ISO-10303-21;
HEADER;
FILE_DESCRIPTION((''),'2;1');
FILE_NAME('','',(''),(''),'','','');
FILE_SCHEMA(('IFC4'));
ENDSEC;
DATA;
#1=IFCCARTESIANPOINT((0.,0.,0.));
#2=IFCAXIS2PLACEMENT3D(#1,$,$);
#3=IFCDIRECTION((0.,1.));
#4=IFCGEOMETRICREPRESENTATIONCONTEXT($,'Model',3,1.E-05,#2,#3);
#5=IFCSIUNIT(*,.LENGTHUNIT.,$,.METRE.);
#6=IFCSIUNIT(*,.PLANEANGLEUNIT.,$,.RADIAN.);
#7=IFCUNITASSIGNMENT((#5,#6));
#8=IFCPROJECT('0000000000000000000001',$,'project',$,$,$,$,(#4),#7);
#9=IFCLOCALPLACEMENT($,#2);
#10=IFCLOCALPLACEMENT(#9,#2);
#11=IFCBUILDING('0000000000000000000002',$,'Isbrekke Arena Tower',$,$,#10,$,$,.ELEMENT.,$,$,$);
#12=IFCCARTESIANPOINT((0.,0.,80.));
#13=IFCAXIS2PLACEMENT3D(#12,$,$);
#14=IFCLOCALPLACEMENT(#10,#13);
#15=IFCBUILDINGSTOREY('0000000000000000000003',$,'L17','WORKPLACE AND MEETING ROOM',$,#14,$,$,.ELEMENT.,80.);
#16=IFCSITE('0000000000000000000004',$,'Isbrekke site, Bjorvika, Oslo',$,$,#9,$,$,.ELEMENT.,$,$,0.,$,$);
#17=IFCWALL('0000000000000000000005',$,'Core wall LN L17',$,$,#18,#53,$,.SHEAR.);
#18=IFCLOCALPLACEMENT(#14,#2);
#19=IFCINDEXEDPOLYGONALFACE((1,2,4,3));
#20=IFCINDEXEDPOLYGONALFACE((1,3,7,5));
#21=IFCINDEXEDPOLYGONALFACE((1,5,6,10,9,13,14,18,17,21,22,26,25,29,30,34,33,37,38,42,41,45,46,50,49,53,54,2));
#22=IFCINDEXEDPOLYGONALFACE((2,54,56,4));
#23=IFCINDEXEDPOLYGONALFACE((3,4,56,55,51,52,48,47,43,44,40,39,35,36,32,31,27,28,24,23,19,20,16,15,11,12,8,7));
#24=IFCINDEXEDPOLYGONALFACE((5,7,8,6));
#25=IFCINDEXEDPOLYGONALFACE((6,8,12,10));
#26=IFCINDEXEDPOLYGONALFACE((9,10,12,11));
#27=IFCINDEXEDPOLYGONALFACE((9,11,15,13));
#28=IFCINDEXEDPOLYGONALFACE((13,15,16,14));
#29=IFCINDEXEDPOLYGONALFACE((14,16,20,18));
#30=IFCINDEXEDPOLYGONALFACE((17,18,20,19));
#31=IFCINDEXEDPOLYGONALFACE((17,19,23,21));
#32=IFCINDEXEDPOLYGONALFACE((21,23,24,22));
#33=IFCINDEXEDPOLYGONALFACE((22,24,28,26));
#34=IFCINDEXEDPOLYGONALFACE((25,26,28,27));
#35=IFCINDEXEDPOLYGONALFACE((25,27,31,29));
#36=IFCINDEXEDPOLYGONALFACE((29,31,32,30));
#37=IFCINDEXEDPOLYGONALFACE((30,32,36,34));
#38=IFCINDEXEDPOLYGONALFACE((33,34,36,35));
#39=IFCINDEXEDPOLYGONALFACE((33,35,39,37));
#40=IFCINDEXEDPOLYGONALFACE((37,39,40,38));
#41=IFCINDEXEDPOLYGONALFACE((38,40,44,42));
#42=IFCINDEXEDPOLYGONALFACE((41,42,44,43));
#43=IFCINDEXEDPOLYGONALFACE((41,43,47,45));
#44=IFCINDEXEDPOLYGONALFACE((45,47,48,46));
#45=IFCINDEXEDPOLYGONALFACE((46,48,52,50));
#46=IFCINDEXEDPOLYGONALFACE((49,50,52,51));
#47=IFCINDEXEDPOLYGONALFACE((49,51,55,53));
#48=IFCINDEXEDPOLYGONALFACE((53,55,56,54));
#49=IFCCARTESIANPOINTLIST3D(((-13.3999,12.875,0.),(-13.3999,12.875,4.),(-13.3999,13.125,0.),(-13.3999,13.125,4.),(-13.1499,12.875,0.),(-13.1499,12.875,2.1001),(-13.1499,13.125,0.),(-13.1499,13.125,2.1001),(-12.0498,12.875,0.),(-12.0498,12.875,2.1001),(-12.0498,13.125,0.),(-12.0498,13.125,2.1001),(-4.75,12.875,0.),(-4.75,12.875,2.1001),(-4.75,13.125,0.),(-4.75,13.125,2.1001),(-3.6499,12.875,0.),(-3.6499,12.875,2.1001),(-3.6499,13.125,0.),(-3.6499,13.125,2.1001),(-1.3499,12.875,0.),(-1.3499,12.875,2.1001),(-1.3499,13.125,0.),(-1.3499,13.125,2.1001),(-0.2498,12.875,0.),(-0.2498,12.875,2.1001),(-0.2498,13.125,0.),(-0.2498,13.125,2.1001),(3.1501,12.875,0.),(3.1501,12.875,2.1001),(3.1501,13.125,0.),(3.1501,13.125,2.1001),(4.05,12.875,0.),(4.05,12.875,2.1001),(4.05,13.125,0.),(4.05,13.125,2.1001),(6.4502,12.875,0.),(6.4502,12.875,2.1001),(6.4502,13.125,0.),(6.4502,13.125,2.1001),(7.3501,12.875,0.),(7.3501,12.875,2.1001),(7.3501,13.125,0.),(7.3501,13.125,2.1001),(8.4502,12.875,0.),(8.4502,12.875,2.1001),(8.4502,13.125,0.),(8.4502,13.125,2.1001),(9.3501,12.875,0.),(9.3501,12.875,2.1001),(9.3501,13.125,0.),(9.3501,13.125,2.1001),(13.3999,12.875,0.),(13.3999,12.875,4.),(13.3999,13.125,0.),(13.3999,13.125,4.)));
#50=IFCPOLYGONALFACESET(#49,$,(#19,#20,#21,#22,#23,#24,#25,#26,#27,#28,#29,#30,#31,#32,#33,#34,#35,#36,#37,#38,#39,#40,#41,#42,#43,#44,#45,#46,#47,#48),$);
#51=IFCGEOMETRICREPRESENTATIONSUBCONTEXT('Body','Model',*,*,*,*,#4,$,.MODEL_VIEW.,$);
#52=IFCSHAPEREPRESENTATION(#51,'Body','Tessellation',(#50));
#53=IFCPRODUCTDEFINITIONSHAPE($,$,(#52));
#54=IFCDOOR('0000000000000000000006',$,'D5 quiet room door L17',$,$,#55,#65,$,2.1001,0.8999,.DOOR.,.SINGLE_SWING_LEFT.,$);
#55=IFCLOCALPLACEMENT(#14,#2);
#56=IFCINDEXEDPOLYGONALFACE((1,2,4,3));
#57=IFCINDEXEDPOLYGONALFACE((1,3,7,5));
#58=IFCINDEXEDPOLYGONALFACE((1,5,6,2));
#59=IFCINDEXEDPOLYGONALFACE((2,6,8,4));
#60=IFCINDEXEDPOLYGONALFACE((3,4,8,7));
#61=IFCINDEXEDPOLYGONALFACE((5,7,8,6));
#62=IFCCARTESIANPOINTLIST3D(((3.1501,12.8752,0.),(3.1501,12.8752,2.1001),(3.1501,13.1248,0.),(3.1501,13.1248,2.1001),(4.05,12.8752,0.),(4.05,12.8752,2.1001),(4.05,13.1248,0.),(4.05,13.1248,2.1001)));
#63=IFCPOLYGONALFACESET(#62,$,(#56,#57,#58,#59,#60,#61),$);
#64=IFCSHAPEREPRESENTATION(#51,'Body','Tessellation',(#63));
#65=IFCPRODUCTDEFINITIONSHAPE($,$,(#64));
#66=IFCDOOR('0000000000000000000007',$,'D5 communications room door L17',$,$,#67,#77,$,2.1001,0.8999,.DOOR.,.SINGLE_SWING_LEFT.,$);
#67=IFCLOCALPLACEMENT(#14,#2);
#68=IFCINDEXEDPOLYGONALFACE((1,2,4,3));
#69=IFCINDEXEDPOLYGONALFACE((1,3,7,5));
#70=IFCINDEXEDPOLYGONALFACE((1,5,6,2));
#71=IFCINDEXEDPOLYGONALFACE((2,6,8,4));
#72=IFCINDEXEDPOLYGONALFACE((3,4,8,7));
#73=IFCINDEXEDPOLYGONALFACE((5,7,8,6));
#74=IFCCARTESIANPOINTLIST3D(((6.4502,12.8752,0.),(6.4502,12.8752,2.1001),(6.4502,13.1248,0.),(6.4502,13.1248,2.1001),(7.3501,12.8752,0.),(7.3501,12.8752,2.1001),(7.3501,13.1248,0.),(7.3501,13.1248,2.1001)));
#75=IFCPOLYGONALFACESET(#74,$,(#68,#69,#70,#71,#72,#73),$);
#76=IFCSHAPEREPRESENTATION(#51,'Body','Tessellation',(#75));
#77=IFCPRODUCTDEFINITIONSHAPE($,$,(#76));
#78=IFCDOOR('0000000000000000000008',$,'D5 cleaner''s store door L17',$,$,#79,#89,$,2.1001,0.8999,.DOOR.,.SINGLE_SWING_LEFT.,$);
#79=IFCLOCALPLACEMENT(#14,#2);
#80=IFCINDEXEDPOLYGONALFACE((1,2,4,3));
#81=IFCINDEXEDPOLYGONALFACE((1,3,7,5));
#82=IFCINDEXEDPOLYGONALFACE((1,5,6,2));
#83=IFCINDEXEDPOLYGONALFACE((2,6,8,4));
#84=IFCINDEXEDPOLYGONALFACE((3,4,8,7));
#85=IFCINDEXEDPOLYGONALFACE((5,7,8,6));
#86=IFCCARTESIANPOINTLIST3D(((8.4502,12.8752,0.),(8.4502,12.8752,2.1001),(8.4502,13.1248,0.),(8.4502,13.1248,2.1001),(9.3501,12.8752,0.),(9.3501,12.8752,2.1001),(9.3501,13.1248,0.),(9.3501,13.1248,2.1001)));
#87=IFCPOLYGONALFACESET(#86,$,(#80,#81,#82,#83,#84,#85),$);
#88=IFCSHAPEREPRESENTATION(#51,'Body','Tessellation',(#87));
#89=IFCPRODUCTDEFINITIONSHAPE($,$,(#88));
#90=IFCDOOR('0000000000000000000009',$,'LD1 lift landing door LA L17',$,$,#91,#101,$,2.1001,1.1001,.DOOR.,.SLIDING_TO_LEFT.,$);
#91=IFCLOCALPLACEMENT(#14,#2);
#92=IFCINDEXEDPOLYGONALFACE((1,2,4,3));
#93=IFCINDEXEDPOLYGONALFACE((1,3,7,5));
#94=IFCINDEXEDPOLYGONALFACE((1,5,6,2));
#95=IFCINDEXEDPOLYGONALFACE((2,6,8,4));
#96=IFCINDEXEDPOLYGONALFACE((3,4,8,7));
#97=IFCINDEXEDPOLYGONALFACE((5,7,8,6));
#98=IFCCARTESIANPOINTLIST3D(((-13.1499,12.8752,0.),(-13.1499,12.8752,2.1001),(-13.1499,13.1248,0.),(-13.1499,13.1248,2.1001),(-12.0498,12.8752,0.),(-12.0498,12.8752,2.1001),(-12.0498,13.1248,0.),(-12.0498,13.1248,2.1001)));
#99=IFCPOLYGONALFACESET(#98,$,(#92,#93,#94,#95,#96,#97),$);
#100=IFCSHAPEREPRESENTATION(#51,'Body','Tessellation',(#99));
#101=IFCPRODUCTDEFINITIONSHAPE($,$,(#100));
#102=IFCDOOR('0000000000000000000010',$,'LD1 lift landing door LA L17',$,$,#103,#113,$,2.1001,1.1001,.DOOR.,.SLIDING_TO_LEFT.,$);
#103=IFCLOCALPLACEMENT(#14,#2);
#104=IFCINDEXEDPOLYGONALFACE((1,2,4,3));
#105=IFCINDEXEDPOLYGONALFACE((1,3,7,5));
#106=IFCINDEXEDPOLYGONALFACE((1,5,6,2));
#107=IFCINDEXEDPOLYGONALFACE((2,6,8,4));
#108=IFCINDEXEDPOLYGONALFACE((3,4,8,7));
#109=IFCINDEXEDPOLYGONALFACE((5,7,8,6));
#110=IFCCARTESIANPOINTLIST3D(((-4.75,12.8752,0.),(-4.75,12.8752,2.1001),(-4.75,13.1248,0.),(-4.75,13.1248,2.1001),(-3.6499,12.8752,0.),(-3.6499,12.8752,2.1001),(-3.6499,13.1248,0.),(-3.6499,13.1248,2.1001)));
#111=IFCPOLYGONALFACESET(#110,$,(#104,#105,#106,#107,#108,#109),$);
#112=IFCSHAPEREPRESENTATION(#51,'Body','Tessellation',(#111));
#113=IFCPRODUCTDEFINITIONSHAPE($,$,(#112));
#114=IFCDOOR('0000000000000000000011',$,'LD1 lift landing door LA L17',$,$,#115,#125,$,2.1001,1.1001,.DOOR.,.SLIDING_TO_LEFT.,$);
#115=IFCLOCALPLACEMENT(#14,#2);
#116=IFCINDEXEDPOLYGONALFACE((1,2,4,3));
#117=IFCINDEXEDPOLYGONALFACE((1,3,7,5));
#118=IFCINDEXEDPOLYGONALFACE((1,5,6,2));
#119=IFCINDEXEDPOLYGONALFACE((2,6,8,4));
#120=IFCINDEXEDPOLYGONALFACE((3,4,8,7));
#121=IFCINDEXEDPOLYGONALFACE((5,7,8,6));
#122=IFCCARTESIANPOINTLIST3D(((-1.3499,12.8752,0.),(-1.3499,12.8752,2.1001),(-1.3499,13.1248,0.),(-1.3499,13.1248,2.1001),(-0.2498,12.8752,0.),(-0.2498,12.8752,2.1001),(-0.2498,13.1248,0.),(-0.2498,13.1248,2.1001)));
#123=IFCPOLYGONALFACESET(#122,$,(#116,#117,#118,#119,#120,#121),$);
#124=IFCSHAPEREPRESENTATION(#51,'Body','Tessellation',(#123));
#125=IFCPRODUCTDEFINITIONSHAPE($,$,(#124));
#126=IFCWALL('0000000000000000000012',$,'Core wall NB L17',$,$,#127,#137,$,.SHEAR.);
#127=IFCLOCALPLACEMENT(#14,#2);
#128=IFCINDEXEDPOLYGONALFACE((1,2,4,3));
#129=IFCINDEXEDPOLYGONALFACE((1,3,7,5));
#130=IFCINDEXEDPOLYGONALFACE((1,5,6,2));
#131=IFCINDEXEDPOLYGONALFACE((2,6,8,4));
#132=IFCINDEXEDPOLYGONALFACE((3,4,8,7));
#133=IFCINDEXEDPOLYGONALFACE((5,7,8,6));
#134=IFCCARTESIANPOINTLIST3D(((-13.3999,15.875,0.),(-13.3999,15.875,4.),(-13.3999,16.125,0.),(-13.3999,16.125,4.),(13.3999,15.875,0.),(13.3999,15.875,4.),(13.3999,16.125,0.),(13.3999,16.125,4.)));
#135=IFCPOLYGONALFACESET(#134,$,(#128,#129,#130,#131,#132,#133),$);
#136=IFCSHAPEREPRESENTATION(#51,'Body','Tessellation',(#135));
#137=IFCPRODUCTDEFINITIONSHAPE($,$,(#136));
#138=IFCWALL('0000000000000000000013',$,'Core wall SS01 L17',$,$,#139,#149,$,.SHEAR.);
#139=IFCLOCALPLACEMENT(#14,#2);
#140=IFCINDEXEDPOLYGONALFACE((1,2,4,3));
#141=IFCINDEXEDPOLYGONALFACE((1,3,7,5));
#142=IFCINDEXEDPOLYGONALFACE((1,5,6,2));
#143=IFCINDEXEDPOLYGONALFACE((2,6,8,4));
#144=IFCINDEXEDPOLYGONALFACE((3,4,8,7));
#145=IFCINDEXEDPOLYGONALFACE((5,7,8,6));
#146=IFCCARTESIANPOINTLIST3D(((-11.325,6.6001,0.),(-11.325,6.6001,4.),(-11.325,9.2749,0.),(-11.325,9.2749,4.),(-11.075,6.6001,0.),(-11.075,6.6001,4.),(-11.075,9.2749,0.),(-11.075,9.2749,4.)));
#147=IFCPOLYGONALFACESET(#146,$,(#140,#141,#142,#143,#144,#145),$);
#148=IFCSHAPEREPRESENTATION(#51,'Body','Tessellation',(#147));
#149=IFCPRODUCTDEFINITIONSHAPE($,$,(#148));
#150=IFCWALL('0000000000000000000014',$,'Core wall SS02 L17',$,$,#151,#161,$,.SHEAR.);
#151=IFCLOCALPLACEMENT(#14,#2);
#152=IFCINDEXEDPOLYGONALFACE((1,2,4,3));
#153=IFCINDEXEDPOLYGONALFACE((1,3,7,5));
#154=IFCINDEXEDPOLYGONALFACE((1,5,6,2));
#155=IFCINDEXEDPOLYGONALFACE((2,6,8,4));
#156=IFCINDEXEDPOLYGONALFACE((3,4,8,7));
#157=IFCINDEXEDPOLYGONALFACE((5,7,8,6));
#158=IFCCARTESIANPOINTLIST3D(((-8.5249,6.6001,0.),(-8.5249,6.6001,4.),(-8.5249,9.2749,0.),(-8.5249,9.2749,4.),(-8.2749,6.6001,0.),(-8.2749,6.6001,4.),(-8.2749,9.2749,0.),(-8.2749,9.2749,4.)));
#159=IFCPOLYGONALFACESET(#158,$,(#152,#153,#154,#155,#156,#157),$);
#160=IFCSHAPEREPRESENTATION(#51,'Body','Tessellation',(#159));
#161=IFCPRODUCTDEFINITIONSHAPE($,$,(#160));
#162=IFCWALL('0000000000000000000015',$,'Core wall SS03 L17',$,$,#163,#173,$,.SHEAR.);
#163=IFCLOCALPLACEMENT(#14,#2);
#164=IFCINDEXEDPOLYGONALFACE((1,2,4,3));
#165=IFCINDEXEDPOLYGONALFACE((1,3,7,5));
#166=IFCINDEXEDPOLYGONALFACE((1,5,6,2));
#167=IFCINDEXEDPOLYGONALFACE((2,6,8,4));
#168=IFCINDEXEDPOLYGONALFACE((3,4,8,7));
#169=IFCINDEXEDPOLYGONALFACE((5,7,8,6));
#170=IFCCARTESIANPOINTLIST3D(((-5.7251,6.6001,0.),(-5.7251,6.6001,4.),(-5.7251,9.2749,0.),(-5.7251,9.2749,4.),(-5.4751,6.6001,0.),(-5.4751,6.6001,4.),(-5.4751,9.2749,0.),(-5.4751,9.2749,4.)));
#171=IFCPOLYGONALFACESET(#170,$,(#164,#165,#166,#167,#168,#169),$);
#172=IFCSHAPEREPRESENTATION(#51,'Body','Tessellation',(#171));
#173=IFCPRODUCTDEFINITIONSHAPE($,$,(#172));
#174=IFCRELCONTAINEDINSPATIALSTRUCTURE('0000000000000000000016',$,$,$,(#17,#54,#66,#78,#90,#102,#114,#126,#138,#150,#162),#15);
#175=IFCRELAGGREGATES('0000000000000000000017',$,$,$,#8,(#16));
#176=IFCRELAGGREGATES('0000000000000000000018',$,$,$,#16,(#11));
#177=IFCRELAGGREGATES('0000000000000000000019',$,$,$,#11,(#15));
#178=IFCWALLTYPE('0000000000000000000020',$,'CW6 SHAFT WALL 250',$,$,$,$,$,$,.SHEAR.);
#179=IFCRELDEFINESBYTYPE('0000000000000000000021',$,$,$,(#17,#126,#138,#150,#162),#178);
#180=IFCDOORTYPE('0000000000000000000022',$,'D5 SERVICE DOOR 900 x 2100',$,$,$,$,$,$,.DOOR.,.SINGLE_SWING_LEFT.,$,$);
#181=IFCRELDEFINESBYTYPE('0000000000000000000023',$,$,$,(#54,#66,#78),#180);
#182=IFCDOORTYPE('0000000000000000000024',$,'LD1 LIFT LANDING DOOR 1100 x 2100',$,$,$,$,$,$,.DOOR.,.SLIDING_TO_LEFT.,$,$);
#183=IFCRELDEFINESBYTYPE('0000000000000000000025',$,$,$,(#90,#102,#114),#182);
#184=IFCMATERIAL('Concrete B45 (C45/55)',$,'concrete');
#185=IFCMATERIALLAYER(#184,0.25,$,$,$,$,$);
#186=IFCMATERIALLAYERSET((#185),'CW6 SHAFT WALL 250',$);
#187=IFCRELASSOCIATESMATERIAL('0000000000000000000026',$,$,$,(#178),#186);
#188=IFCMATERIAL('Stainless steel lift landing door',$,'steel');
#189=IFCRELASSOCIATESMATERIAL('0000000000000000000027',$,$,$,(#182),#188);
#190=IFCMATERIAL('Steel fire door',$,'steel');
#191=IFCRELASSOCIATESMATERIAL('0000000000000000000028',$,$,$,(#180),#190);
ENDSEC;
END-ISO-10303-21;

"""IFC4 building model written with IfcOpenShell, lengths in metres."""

from ifc_helpers import new_model, si_unit, direction, frame, frame_2d, origin, place, context, subcontext, project, spatial, rectangle, extrude, material, layer, layer_set, type_object, element, fill, save


model = new_model("IFC4")

# Units and contexts
model_context = context("Model", 3, precision=1e-05, world=origin(), true_north=direction((0.0, 1.0)))
body_context = subcontext(model_context, "Body", "Model", "MODEL_VIEW")
ifc_project = project(units=[si_unit("LENGTHUNIT", "METRE"), si_unit("PLANEANGLEUNIT", "RADIAN")], contexts=[model_context])

# Site, building, storey
site_placement = place(None, origin())
site = spatial("IfcSite", under=ifc_project, at=site_placement, Name="Isbrekke site, Bjorvika, Oslo", CompositionType="ELEMENT", RefElevation=0.0)
building_placement = place(site_placement, origin())
building = spatial("IfcBuilding", under=site, at=building_placement, Name="Isbrekke Arena Tower", CompositionType="ELEMENT")
storey_placement = place(building_placement, frame((0.0, 0.0, 80.0)))
storey = spatial("IfcBuildingStorey", under=building, at=storey_placement, Name="L17", Description="WORKPLACE AND MEETING ROOM", CompositionType="ELEMENT", Elevation=80.0)

# Wall, openings, doors
ifc_material_1 = material(Name="Concrete B45 (C45/55)", Category="concrete")
ifc_layer_1 = layer(ifc_material_1, 0.25)
ifc_layer_set_1 = layer_set([ifc_layer_1], Name="CW6 SHAFT WALL 250")
wall_type_1 = type_object("IfcWallType", Name="CW6 SHAFT WALL 250", PredefinedType="SHEAR", material=ifc_layer_set_1)
ifc_material_2 = material(Name="Stainless steel lift landing door", Category="steel")
door_type_1 = type_object("IfcDoorType", Name="LD1 LIFT LANDING DOOR 1100 x 2100", OperationType="SLIDING_TO_LEFT", PredefinedType="DOOR", material=ifc_material_2)
wall_1_placement = place(storey_placement, frame((-13.3999, 13.0, 0.0), z_axis=(0.0, 0.0, 1.0), x_axis=(1.0, 0.0, 0.0)))
wall_1 = element("IfcWall", 1, at=wall_1_placement, inside=storey, type_object=wall_type_1, Name="Core wall LN L17", PredefinedType="SHEAR", context=body_context, shape_type="SweptSolid", body=[
    extrude(rectangle(XDim=26.7998, YDim=0.25, at=frame_2d((13.3999, 0.0))), origin(), (0.0, 0.0, 1.0), 4.0),
])
opening_1_placement = place(wall_1_placement, frame((0.25, 0.0, 0.0)))
opening_1 = element("IfcOpeningElement", 2, at=opening_1_placement, cuts=wall_1, PredefinedType="OPENING", context=body_context, shape_type="SweptSolid", body=[
    extrude(rectangle(XDim=1.1001, YDim=2.1001, at=frame_2d((0.55, 1.05))), frame((0.0, 0.1399, 0.0), z_axis=(0.0, -1.0, 0.0), x_axis=(1.0, 0.0, 0.0)), (0.0, 0.0, 1.0), 0.2798),
])
opening_2_placement = place(wall_1_placement, frame((8.6499, 0.0, 0.0)))
opening_2 = element("IfcOpeningElement", 3, at=opening_2_placement, cuts=wall_1, PredefinedType="OPENING", context=body_context, shape_type="SweptSolid", body=[
    extrude(rectangle(XDim=1.1001, YDim=2.1001, at=frame_2d((0.55, 1.05))), frame((0.0, 0.1399, 0.0), z_axis=(0.0, -1.0, 0.0), x_axis=(1.0, 0.0, 0.0)), (0.0, 0.0, 1.0), 0.2798),
])
opening_3_placement = place(wall_1_placement, frame((12.05, 0.0, 0.0)))
opening_3 = element("IfcOpeningElement", 4, at=opening_3_placement, cuts=wall_1, PredefinedType="OPENING", context=body_context, shape_type="SweptSolid", body=[
    extrude(rectangle(XDim=1.1001, YDim=2.1001, at=frame_2d((0.55, 1.05))), frame((0.0, 0.1399, 0.0), z_axis=(0.0, -1.0, 0.0), x_axis=(1.0, 0.0, 0.0)), (0.0, 0.0, 1.0), 0.2798),
])
opening_4_placement = place(wall_1_placement, frame((16.55, 0.0, 0.0)))
opening_4 = element("IfcOpeningElement", 5, at=opening_4_placement, cuts=wall_1, PredefinedType="OPENING", context=body_context, shape_type="SweptSolid", body=[
    extrude(rectangle(XDim=0.8999, YDim=2.1001, at=frame_2d((0.45, 1.05))), frame((0.0, 0.1399, 0.0), z_axis=(0.0, -1.0, 0.0), x_axis=(1.0, 0.0, 0.0)), (0.0, 0.0, 1.0), 0.2798),
])
opening_5_placement = place(wall_1_placement, frame((19.8501, 0.0, 0.0)))
opening_5 = element("IfcOpeningElement", 6, at=opening_5_placement, cuts=wall_1, PredefinedType="OPENING", context=body_context, shape_type="SweptSolid", body=[
    extrude(rectangle(XDim=0.8999, YDim=2.1001, at=frame_2d((0.45, 1.05))), frame((0.0, 0.1399, 0.0), z_axis=(0.0, -1.0, 0.0), x_axis=(1.0, 0.0, 0.0)), (0.0, 0.0, 1.0), 0.2798),
])
opening_6_placement = place(wall_1_placement, frame((21.8501, 0.0, 0.0)))
opening_6 = element("IfcOpeningElement", 7, at=opening_6_placement, cuts=wall_1, PredefinedType="OPENING", context=body_context, shape_type="SweptSolid", body=[
    extrude(rectangle(XDim=0.8999, YDim=2.1001, at=frame_2d((0.45, 1.05))), frame((0.0, 0.1399, 0.0), z_axis=(0.0, -1.0, 0.0), x_axis=(1.0, 0.0, 0.0)), (0.0, 0.0, 1.0), 0.2798),
])
ifc_material_3 = material(Name="Steel fire door", Category="steel")
door_type_2 = type_object("IfcDoorType", Name="D5 SERVICE DOOR 900 x 2100", OperationType="SINGLE_SWING_LEFT", PredefinedType="DOOR", material=ifc_material_3)
door_1_placement = place(opening_4_placement, origin())
door_1 = element("IfcDoor", 8, at=door_1_placement, inside=storey, type_object=door_type_2, Name="D5 quiet room door L17", OperationType="SINGLE_SWING_LEFT", OverallHeight=2.1001, OverallWidth=0.8999, PredefinedType="DOOR", context=body_context, shape_type="SweptSolid", body=[
    extrude(rectangle(XDim=0.8999, YDim=2.1001, at=frame_2d((0.45, 1.05))), frame((0.0, 0.1248, 0.0), z_axis=(0.0, -1.0, 0.0), x_axis=(1.0, 0.0, 0.0)), (0.0, 0.0, 1.0), 0.2495),
])
fill(opening_4, door_1)
door_2_placement = place(opening_5_placement, origin())
door_2 = element("IfcDoor", 9, at=door_2_placement, inside=storey, type_object=door_type_2, Name="D5 communications room door L17", OperationType="SINGLE_SWING_LEFT", OverallHeight=2.1001, OverallWidth=0.8999, PredefinedType="DOOR", context=body_context, shape_type="SweptSolid", body=[
    extrude(rectangle(XDim=0.8999, YDim=2.1001, at=frame_2d((0.45, 1.05))), frame((0.0, 0.1248, 0.0), z_axis=(0.0, -1.0, 0.0), x_axis=(1.0, 0.0, 0.0)), (0.0, 0.0, 1.0), 0.2495),
])
fill(opening_5, door_2)
door_3_placement = place(opening_6_placement, origin())
door_3 = element("IfcDoor", 10, at=door_3_placement, inside=storey, type_object=door_type_2, Name="D5 cleaner's store door L17", OperationType="SINGLE_SWING_LEFT", OverallHeight=2.1001, OverallWidth=0.8999, PredefinedType="DOOR", context=body_context, shape_type="SweptSolid", body=[
    extrude(rectangle(XDim=0.8999, YDim=2.1001, at=frame_2d((0.45, 1.05))), frame((0.0, 0.1248, 0.0), z_axis=(0.0, -1.0, 0.0), x_axis=(1.0, 0.0, 0.0)), (0.0, 0.0, 1.0), 0.2495),
])
fill(opening_6, door_3)
door_4_placement = place(opening_1_placement, origin())
door_4 = element("IfcDoor", 11, at=door_4_placement, inside=storey, type_object=door_type_1, Name="LD1 lift landing door LA L17", OperationType="SLIDING_TO_LEFT", OverallHeight=2.1001, OverallWidth=1.1001, PredefinedType="DOOR", context=body_context, shape_type="SweptSolid", body=[
    extrude(rectangle(XDim=1.1001, YDim=2.1001, at=frame_2d((0.55, 1.05))), frame((0.0, 0.1248, 0.0), z_axis=(0.0, -1.0, 0.0), x_axis=(1.0, 0.0, 0.0)), (0.0, 0.0, 1.0), 0.2495),
])
fill(opening_1, door_4)
door_5_placement = place(opening_2_placement, origin())
door_5 = element("IfcDoor", 12, at=door_5_placement, inside=storey, type_object=door_type_1, Name="LD1 lift landing door LA L17", OperationType="SLIDING_TO_LEFT", OverallHeight=2.1001, OverallWidth=1.1001, PredefinedType="DOOR", context=body_context, shape_type="SweptSolid", body=[
    extrude(rectangle(XDim=1.1001, YDim=2.1001, at=frame_2d((0.55, 1.05))), frame((0.0, 0.1248, 0.0), z_axis=(0.0, -1.0, 0.0), x_axis=(1.0, 0.0, 0.0)), (0.0, 0.0, 1.0), 0.2495),
])
fill(opening_2, door_5)
door_6_placement = place(opening_3_placement, origin())
door_6 = element("IfcDoor", 13, at=door_6_placement, inside=storey, type_object=door_type_1, Name="LD1 lift landing door LA L17", OperationType="SLIDING_TO_LEFT", OverallHeight=2.1001, OverallWidth=1.1001, PredefinedType="DOOR", context=body_context, shape_type="SweptSolid", body=[
    extrude(rectangle(XDim=1.1001, YDim=2.1001, at=frame_2d((0.55, 1.05))), frame((0.0, 0.1248, 0.0), z_axis=(0.0, -1.0, 0.0), x_axis=(1.0, 0.0, 0.0)), (0.0, 0.0, 1.0), 0.2495),
])
fill(opening_3, door_6)

# Walls
wall_2_placement = place(storey_placement, frame((-13.3999, 16.0, 0.0), z_axis=(0.0, 0.0, 1.0), x_axis=(1.0, 0.0, 0.0)))
element("IfcWall", 14, at=wall_2_placement, inside=storey, type_object=wall_type_1, Name="Core wall NB L17", PredefinedType="SHEAR", context=body_context, shape_type="SweptSolid", body=[
    extrude(rectangle(XDim=26.7998, YDim=0.25, at=frame_2d((13.3999, 0.0))), origin(), (0.0, 0.0, 1.0), 4.0),
])
for number, where, z_axis, x_axis, name in (
    (15, (-11.2, 6.6001, 0.0), (0.0, 0.0, 1.0), (0.0, 1.0, 0.0), "Core wall SS01 L17"),
    (16, (-8.3999, 6.6001, 0.0), (0.0, 0.0, 1.0), (0.0, 1.0, 0.0), "Core wall SS02 L17"),
    (17, (-5.6001, 6.6001, 0.0), (0.0, 0.0, 1.0), (0.0, 1.0, 0.0), "Core wall SS03 L17"),
):
    element("IfcWall", number, at=place(storey_placement, frame(where, z_axis=z_axis, x_axis=x_axis)), inside=storey, type_object=wall_type_1, Name=name, PredefinedType="SHEAR", context=body_context, shape_type="SweptSolid", body=[
        extrude(rectangle(XDim=2.6748, YDim=0.25, at=frame_2d((1.3374, 0.0))), origin(), (0.0, 0.0, 1.0), 4.0),
    ])

save(model, "model.ifc")
